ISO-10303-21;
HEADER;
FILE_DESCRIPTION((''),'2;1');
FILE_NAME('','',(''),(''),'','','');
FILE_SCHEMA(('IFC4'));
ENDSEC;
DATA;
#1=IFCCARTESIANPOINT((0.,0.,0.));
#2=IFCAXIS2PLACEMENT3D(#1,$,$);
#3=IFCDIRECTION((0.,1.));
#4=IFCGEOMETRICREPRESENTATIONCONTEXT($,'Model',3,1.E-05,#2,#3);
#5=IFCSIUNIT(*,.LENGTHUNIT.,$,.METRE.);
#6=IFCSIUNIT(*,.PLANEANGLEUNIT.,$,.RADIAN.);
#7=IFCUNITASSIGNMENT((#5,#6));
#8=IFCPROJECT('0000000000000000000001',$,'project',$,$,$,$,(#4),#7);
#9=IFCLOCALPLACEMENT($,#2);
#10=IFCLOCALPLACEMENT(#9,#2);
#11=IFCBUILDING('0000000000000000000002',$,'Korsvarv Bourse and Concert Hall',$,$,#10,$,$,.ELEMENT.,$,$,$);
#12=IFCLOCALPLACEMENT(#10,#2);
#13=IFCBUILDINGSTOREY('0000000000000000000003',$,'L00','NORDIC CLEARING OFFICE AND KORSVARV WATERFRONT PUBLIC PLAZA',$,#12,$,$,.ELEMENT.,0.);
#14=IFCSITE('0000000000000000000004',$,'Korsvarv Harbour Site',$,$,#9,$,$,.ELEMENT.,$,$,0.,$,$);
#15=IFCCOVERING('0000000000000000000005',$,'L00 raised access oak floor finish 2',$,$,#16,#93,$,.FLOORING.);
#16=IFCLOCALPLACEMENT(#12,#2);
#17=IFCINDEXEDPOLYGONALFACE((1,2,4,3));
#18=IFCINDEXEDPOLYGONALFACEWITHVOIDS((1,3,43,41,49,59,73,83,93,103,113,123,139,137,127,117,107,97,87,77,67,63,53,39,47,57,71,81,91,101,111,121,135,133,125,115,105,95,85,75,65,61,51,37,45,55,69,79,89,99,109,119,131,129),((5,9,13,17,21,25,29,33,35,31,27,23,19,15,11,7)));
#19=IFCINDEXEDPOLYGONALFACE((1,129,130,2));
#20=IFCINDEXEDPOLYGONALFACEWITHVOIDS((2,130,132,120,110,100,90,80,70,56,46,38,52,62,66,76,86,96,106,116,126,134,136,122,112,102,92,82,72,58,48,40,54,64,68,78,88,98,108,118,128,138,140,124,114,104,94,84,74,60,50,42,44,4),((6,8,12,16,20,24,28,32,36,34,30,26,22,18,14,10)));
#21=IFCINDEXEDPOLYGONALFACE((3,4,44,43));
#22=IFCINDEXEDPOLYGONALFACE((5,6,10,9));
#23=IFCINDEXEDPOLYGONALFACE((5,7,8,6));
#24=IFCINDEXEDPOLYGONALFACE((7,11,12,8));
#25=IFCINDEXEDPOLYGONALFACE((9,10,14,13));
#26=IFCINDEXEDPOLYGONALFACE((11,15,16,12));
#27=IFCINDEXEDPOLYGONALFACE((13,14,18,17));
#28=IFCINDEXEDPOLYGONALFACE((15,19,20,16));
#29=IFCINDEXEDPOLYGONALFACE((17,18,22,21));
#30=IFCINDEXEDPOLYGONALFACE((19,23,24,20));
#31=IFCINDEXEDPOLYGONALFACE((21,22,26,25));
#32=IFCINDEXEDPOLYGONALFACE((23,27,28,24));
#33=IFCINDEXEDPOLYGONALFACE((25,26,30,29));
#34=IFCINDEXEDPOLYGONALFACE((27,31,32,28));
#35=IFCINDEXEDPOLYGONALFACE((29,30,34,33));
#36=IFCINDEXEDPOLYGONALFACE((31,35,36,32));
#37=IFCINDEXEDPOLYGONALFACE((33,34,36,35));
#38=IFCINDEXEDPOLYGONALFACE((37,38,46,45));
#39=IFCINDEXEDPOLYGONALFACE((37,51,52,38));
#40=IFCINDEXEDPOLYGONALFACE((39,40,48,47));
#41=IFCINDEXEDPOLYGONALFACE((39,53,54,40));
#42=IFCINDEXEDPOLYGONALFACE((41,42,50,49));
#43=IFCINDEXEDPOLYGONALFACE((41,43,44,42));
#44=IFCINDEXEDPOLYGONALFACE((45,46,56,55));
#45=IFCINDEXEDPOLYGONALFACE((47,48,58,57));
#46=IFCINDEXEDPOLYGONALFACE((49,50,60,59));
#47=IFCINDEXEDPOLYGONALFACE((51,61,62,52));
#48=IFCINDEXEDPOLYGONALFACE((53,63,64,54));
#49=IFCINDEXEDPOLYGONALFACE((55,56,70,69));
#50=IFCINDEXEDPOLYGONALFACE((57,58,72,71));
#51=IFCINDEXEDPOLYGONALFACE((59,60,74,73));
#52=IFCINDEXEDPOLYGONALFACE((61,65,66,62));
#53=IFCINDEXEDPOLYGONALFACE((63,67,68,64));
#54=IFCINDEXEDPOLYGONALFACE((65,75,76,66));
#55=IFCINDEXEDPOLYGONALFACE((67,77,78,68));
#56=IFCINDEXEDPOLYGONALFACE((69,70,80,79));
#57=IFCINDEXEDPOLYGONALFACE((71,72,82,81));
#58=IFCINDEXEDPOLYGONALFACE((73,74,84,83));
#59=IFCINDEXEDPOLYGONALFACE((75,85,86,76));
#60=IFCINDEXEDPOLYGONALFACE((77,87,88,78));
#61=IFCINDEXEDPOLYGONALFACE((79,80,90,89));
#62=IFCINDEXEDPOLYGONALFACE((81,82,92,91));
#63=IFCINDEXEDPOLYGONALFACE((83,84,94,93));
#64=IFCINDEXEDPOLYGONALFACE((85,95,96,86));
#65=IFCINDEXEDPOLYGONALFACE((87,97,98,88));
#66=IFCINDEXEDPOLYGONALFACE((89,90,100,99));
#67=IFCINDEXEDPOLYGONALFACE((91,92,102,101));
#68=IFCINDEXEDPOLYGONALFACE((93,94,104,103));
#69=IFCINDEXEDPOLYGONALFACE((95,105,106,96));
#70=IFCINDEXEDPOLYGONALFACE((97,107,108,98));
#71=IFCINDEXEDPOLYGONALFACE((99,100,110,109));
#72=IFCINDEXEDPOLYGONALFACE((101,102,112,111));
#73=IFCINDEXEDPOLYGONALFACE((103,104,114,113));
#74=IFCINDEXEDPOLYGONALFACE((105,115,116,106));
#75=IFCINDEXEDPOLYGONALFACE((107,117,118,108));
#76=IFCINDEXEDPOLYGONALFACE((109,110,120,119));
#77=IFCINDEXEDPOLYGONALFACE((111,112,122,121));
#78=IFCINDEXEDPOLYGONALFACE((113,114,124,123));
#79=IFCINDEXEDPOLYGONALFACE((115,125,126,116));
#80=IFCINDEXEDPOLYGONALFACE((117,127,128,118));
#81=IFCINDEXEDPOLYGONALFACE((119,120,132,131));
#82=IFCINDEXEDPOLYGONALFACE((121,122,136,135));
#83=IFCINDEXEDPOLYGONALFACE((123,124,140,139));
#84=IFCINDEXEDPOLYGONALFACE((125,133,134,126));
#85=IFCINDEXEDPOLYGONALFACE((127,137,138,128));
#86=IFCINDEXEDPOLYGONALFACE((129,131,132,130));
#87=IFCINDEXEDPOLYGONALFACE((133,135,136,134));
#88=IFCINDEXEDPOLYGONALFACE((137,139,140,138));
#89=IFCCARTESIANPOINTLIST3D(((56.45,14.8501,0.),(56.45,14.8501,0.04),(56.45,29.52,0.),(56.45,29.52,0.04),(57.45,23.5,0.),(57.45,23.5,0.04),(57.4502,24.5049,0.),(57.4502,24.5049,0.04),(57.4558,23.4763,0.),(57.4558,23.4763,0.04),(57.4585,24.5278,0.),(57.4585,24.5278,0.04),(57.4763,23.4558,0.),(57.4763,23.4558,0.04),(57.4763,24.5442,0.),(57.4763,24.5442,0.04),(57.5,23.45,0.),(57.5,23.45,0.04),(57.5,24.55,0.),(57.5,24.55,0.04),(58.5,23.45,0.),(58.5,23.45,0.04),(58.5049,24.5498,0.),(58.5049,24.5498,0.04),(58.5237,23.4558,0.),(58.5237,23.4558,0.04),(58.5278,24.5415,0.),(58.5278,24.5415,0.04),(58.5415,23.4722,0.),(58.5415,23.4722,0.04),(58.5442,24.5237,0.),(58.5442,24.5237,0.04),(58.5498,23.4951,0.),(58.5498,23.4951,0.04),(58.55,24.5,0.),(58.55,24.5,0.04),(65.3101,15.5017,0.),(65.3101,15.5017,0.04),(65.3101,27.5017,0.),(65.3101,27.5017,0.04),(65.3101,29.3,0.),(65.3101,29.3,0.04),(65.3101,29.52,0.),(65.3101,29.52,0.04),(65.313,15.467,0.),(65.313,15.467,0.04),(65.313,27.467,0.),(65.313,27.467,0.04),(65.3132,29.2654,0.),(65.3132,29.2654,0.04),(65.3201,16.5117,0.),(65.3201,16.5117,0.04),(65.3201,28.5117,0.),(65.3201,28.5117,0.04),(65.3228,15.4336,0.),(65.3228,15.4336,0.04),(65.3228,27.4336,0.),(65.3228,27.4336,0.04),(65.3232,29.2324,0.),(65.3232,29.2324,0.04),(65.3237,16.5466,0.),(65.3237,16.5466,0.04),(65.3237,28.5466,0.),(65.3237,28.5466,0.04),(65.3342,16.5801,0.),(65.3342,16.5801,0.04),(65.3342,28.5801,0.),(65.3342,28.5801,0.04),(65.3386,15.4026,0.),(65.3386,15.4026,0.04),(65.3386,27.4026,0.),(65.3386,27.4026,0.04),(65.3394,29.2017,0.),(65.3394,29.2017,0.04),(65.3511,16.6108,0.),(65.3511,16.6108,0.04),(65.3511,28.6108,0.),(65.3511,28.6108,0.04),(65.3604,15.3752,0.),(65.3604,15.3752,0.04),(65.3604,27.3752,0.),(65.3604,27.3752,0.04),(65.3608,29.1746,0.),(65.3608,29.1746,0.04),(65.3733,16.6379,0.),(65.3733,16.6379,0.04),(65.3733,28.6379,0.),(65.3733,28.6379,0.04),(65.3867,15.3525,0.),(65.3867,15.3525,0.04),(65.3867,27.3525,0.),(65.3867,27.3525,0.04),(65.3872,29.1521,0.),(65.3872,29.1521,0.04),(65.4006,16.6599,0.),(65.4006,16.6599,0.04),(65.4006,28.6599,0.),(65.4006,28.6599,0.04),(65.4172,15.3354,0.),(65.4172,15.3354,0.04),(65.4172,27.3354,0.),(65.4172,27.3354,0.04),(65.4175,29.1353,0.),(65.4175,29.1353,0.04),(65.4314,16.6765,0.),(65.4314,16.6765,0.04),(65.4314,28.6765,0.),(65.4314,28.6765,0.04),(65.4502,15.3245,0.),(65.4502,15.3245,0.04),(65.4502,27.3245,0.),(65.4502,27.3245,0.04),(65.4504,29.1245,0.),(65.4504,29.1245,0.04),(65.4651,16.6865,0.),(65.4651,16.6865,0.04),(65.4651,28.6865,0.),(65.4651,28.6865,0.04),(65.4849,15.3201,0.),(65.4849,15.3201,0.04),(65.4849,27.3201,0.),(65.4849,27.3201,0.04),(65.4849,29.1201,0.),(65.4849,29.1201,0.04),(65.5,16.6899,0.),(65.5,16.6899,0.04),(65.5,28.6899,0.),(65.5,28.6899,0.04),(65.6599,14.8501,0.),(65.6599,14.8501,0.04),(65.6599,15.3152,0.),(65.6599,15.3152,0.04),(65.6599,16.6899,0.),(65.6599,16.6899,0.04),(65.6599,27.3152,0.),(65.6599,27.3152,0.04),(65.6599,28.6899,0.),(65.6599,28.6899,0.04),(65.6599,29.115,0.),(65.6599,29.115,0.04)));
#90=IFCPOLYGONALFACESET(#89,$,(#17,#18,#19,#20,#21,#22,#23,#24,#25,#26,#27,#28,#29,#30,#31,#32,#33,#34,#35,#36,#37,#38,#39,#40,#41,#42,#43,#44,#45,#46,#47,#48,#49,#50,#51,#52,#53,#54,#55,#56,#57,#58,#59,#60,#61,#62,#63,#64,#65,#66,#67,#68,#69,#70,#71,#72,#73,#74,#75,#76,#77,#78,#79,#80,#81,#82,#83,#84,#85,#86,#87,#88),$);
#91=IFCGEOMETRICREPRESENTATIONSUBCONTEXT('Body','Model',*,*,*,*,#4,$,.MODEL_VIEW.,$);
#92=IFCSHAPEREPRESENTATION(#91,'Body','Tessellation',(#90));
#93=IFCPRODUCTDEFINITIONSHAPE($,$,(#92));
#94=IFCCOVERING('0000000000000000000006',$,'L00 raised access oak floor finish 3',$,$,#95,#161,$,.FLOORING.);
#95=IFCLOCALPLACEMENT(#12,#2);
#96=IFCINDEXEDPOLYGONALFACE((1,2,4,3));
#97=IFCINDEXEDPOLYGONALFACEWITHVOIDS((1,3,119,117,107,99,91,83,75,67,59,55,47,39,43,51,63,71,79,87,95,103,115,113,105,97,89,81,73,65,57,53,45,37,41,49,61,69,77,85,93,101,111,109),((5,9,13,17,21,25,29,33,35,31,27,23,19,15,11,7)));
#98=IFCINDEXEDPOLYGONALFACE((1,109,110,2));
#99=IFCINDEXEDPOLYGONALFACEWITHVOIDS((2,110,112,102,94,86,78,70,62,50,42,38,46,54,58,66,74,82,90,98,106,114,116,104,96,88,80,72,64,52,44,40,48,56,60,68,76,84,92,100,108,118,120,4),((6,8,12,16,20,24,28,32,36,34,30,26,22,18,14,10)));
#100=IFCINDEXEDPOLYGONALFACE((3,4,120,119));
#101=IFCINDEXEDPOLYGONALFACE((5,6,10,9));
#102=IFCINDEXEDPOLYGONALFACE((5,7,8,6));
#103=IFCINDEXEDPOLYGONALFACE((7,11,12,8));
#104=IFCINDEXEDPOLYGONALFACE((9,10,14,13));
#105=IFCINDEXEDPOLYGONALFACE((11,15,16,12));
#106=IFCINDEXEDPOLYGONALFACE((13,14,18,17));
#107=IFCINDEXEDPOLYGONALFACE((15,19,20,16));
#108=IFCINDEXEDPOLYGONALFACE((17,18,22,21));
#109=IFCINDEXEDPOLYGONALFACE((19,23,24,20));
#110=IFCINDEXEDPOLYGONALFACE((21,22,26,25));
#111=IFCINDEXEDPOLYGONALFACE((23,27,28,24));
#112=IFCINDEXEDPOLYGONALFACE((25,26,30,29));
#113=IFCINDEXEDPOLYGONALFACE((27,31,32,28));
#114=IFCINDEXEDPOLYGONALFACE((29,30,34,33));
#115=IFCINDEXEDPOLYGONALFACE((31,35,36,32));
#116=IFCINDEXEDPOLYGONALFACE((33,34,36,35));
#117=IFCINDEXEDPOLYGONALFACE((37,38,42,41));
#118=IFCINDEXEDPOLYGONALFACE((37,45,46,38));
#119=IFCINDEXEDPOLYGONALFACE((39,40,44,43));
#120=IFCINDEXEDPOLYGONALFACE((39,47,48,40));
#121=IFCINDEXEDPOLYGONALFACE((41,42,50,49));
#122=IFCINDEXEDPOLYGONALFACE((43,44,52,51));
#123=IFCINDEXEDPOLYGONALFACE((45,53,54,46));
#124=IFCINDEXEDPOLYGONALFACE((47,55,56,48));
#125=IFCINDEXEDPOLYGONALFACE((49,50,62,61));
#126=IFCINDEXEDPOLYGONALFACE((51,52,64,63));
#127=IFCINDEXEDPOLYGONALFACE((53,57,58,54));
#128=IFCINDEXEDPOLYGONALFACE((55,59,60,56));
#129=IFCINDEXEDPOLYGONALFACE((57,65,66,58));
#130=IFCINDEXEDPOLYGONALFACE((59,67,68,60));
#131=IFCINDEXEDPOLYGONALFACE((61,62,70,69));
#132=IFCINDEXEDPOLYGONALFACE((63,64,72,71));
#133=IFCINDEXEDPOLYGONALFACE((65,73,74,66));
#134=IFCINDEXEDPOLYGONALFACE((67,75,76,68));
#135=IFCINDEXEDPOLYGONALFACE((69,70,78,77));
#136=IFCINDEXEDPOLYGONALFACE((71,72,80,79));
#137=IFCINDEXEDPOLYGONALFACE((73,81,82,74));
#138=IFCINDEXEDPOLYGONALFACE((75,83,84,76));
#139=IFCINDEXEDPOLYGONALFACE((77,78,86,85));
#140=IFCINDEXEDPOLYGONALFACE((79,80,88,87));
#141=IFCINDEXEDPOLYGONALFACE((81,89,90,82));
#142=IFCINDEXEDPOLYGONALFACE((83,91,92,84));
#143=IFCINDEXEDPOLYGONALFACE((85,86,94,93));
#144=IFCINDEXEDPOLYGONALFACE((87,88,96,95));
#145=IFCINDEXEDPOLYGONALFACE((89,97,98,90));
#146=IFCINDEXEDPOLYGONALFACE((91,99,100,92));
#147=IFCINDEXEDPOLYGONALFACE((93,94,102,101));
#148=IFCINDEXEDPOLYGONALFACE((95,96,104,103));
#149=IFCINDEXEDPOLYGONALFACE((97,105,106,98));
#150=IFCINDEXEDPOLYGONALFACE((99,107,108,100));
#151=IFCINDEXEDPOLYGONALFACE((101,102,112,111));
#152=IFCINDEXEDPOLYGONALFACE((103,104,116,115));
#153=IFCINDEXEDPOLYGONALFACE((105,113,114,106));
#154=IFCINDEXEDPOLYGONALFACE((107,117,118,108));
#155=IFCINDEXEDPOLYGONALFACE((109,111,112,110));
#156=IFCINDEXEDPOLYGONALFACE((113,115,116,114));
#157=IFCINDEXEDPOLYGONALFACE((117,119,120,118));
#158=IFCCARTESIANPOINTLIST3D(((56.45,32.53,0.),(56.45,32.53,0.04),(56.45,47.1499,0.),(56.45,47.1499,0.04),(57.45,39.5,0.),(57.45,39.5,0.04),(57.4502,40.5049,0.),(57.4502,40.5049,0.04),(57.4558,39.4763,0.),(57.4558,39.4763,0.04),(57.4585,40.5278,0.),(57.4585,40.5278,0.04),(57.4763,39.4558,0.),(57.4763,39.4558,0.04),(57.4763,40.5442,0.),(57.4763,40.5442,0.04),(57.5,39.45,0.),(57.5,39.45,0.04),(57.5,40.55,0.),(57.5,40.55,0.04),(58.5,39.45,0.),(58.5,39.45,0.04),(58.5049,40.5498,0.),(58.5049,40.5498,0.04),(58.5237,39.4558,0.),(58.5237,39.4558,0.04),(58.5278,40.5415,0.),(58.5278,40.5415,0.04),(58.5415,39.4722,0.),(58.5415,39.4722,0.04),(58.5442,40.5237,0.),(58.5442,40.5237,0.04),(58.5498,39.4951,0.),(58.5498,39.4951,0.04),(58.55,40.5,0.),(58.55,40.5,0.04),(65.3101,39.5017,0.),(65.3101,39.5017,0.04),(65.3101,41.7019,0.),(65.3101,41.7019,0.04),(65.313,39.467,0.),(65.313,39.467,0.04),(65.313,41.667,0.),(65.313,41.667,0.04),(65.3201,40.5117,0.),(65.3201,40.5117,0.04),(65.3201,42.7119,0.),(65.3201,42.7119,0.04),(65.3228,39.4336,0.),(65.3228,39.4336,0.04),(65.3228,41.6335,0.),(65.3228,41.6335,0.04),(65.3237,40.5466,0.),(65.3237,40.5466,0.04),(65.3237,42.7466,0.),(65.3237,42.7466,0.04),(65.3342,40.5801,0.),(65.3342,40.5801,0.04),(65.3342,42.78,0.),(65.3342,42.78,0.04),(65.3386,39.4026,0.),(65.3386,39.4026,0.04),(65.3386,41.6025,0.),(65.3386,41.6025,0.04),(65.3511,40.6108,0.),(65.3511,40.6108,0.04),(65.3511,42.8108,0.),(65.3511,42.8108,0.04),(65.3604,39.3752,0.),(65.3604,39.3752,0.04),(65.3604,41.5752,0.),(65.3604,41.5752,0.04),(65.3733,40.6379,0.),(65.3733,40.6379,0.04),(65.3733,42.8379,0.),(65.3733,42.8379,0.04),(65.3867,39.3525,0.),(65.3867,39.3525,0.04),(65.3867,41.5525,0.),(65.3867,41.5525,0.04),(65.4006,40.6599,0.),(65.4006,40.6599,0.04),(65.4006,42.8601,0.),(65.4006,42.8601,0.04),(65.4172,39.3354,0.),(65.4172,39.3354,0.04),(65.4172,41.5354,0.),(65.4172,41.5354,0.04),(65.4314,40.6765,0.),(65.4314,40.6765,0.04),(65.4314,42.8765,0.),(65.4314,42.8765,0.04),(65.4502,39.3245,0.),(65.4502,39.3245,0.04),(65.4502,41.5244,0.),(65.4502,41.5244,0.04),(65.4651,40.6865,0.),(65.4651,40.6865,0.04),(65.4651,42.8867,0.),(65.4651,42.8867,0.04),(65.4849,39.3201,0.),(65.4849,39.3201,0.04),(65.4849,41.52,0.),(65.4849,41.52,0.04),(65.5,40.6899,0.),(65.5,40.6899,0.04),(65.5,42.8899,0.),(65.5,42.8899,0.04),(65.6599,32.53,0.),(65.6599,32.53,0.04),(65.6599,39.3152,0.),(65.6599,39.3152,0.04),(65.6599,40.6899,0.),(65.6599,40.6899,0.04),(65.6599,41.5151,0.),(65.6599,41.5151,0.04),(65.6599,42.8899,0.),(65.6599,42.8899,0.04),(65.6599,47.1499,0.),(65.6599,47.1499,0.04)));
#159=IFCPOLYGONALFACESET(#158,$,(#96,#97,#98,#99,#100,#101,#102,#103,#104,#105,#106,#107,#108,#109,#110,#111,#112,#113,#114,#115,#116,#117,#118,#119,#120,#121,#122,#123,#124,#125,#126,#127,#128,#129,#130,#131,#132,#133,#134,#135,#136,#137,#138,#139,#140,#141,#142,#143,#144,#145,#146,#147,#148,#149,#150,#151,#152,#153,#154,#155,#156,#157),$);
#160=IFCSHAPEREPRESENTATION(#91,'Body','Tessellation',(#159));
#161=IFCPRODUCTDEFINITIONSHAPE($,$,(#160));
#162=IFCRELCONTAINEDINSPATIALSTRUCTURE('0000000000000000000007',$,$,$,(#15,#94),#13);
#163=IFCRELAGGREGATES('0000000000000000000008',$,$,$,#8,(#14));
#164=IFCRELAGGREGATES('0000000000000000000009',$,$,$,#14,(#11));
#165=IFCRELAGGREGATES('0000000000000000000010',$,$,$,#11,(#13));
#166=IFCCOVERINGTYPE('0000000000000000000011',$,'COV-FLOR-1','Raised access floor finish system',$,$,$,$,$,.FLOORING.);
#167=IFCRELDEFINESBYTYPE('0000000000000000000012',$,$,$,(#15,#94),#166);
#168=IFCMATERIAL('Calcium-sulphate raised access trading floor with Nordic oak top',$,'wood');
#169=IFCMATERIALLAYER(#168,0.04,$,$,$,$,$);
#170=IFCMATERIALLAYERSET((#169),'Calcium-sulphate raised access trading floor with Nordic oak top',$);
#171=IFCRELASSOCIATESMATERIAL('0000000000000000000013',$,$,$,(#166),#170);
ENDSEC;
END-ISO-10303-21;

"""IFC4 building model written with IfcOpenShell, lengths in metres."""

from ifc_helpers import new_model, si_unit, direction, origin, place, context, subcontext, project, spatial, polyline, outline, extrude, material, layer, layer_set, type_object, element, save


model = new_model("IFC4")

# Units and contexts
model_context = context("Model", 3, precision=1e-05, world=origin(), true_north=direction((0.0, 1.0)))
body_context = subcontext(model_context, "Body", "Model", "MODEL_VIEW")
ifc_project = project(units=[si_unit("LENGTHUNIT", "METRE"), si_unit("PLANEANGLEUNIT", "RADIAN")], contexts=[model_context])

# Site, building, storey
site_placement = place(None, origin())
site = spatial("IfcSite", under=ifc_project, at=site_placement, Name="Korsvarv Harbour Site", CompositionType="ELEMENT", RefElevation=0.0)
building_placement = place(site_placement, origin())
building = spatial("IfcBuilding", under=site, at=building_placement, Name="Korsvarv Bourse and Concert Hall", CompositionType="ELEMENT")
storey_placement = place(building_placement, origin())
storey = spatial("IfcBuildingStorey", under=building, at=storey_placement, Name="L00", Description="NORDIC CLEARING OFFICE AND KORSVARV WATERFRONT PUBLIC PLAZA", CompositionType="ELEMENT", Elevation=0.0)

# Coverings
ifc_material_1 = material(Name="Calcium-sulphate raised access trading floor with Nordic oak top", Category="wood")
ifc_layer_1 = layer(ifc_material_1, 0.04)
ifc_layer_set_1 = layer_set([ifc_layer_1], Name="Calcium-sulphate raised access trading floor with Nordic oak top")
covering_type_1 = type_object("IfcCoveringType", Name="COV-FLOR-1", Description="Raised access floor finish system", PredefinedType="FLOORING", material=ifc_layer_set_1)
covering_1_placement = place(storey_placement, origin())
element("IfcCovering", 1, at=covering_1_placement, inside=storey, type_object=covering_type_1, Name="L00 raised access oak floor finish 2", PredefinedType="FLOORING", context=body_context, shape_type="SweptSolid", body=[
    extrude(outline(polyline([(56.45, 29.52), (65.3101, 29.52), (65.3101, 29.3), (65.3132, 29.2654), (65.3232, 29.2324), (65.3394, 29.2017), (65.3608, 29.1746), (65.3872, 29.1521), (65.4175, 29.1353), (65.4504, 29.1245), (65.4849, 29.1201), (65.6599, 29.115), (65.6599, 28.6899), (65.5, 28.6899), (65.4651, 28.6865), (65.4314, 28.6765), (65.4006, 28.6599), (65.3733, 28.6379), (65.3511, 28.6108), (65.3342, 28.5801), (65.3237, 28.5466), (65.3201, 28.5117), (65.3101, 27.5017), (65.313, 27.467), (65.3228, 27.4336), (65.3386, 27.4026), (65.3604, 27.3752), (65.3867, 27.3525), (65.4172, 27.3354), (65.4502, 27.3245), (65.4849, 27.3201), (65.6599, 27.3152), (65.6599, 16.6899), (65.5, 16.6899), (65.4651, 16.6865), (65.4314, 16.6765), (65.4006, 16.6599), (65.3733, 16.6379), (65.3511, 16.6108), (65.3342, 16.5801), (65.3237, 16.5466), (65.3201, 16.5117), (65.3101, 15.5017), (65.313, 15.467), (65.3228, 15.4336), (65.3386, 15.4026), (65.3604, 15.3752), (65.3867, 15.3525), (65.4172, 15.3354), (65.4502, 15.3245), (65.4849, 15.3201), (65.6599, 15.3152), (65.6599, 14.8501), (56.45, 14.8501), (56.45, 29.52)]), holes=[polyline([(57.4763, 23.4558), (57.5, 23.45), (58.5, 23.45), (58.5237, 23.4558), (58.5415, 23.4722), (58.5498, 23.4951), (58.55, 24.5), (58.5442, 24.5237), (58.5278, 24.5415), (58.5049, 24.5498), (57.5, 24.55), (57.4763, 24.5442), (57.4585, 24.5278), (57.4502, 24.5049), (57.45, 23.5), (57.4558, 23.4763), (57.4763, 23.4558)])]), origin(), (0.0, 0.0, 1.0), 0.04),
])
covering_2_placement = place(storey_placement, origin())
element("IfcCovering", 2, at=covering_2_placement, inside=storey, type_object=covering_type_1, Name="L00 raised access oak floor finish 3", PredefinedType="FLOORING", context=body_context, shape_type="SweptSolid", body=[
    extrude(outline(polyline([(65.6599, 42.8899), (65.5, 42.8899), (65.4651, 42.8867), (65.4314, 42.8765), (65.4006, 42.8601), (65.3733, 42.8379), (65.3511, 42.8108), (65.3342, 42.78), (65.3237, 42.7466), (65.3201, 42.7119), (65.3101, 41.7019), (65.313, 41.667), (65.3228, 41.6335), (65.3386, 41.6025), (65.3604, 41.5752), (65.3867, 41.5525), (65.4172, 41.5354), (65.4502, 41.5244), (65.4849, 41.52), (65.6599, 41.5151), (65.6599, 40.6899), (65.5, 40.6899), (65.4651, 40.6865), (65.4314, 40.6765), (65.4006, 40.6599), (65.3733, 40.6379), (65.3511, 40.6108), (65.3342, 40.5801), (65.3237, 40.5466), (65.3201, 40.5117), (65.3101, 39.5017), (65.313, 39.467), (65.3228, 39.4336), (65.3386, 39.4026), (65.3604, 39.3752), (65.3867, 39.3525), (65.4172, 39.3354), (65.4502, 39.3245), (65.4849, 39.3201), (65.6599, 39.3152), (65.6599, 32.53), (56.45, 32.53), (56.45, 47.1499), (65.6599, 47.1499), (65.6599, 42.8899)]), holes=[polyline([(57.4763, 39.4558), (57.5, 39.45), (58.5, 39.45), (58.5237, 39.4558), (58.5415, 39.4722), (58.5498, 39.4951), (58.55, 40.5), (58.5442, 40.5237), (58.5278, 40.5415), (58.5049, 40.5498), (57.5, 40.55), (57.4763, 40.5442), (57.4585, 40.5278), (57.4502, 40.5049), (57.45, 39.5), (57.4558, 39.4763), (57.4763, 39.4558)])]), origin(), (0.0, 0.0, 1.0), 0.04),
])

save(model, "model.ifc")
